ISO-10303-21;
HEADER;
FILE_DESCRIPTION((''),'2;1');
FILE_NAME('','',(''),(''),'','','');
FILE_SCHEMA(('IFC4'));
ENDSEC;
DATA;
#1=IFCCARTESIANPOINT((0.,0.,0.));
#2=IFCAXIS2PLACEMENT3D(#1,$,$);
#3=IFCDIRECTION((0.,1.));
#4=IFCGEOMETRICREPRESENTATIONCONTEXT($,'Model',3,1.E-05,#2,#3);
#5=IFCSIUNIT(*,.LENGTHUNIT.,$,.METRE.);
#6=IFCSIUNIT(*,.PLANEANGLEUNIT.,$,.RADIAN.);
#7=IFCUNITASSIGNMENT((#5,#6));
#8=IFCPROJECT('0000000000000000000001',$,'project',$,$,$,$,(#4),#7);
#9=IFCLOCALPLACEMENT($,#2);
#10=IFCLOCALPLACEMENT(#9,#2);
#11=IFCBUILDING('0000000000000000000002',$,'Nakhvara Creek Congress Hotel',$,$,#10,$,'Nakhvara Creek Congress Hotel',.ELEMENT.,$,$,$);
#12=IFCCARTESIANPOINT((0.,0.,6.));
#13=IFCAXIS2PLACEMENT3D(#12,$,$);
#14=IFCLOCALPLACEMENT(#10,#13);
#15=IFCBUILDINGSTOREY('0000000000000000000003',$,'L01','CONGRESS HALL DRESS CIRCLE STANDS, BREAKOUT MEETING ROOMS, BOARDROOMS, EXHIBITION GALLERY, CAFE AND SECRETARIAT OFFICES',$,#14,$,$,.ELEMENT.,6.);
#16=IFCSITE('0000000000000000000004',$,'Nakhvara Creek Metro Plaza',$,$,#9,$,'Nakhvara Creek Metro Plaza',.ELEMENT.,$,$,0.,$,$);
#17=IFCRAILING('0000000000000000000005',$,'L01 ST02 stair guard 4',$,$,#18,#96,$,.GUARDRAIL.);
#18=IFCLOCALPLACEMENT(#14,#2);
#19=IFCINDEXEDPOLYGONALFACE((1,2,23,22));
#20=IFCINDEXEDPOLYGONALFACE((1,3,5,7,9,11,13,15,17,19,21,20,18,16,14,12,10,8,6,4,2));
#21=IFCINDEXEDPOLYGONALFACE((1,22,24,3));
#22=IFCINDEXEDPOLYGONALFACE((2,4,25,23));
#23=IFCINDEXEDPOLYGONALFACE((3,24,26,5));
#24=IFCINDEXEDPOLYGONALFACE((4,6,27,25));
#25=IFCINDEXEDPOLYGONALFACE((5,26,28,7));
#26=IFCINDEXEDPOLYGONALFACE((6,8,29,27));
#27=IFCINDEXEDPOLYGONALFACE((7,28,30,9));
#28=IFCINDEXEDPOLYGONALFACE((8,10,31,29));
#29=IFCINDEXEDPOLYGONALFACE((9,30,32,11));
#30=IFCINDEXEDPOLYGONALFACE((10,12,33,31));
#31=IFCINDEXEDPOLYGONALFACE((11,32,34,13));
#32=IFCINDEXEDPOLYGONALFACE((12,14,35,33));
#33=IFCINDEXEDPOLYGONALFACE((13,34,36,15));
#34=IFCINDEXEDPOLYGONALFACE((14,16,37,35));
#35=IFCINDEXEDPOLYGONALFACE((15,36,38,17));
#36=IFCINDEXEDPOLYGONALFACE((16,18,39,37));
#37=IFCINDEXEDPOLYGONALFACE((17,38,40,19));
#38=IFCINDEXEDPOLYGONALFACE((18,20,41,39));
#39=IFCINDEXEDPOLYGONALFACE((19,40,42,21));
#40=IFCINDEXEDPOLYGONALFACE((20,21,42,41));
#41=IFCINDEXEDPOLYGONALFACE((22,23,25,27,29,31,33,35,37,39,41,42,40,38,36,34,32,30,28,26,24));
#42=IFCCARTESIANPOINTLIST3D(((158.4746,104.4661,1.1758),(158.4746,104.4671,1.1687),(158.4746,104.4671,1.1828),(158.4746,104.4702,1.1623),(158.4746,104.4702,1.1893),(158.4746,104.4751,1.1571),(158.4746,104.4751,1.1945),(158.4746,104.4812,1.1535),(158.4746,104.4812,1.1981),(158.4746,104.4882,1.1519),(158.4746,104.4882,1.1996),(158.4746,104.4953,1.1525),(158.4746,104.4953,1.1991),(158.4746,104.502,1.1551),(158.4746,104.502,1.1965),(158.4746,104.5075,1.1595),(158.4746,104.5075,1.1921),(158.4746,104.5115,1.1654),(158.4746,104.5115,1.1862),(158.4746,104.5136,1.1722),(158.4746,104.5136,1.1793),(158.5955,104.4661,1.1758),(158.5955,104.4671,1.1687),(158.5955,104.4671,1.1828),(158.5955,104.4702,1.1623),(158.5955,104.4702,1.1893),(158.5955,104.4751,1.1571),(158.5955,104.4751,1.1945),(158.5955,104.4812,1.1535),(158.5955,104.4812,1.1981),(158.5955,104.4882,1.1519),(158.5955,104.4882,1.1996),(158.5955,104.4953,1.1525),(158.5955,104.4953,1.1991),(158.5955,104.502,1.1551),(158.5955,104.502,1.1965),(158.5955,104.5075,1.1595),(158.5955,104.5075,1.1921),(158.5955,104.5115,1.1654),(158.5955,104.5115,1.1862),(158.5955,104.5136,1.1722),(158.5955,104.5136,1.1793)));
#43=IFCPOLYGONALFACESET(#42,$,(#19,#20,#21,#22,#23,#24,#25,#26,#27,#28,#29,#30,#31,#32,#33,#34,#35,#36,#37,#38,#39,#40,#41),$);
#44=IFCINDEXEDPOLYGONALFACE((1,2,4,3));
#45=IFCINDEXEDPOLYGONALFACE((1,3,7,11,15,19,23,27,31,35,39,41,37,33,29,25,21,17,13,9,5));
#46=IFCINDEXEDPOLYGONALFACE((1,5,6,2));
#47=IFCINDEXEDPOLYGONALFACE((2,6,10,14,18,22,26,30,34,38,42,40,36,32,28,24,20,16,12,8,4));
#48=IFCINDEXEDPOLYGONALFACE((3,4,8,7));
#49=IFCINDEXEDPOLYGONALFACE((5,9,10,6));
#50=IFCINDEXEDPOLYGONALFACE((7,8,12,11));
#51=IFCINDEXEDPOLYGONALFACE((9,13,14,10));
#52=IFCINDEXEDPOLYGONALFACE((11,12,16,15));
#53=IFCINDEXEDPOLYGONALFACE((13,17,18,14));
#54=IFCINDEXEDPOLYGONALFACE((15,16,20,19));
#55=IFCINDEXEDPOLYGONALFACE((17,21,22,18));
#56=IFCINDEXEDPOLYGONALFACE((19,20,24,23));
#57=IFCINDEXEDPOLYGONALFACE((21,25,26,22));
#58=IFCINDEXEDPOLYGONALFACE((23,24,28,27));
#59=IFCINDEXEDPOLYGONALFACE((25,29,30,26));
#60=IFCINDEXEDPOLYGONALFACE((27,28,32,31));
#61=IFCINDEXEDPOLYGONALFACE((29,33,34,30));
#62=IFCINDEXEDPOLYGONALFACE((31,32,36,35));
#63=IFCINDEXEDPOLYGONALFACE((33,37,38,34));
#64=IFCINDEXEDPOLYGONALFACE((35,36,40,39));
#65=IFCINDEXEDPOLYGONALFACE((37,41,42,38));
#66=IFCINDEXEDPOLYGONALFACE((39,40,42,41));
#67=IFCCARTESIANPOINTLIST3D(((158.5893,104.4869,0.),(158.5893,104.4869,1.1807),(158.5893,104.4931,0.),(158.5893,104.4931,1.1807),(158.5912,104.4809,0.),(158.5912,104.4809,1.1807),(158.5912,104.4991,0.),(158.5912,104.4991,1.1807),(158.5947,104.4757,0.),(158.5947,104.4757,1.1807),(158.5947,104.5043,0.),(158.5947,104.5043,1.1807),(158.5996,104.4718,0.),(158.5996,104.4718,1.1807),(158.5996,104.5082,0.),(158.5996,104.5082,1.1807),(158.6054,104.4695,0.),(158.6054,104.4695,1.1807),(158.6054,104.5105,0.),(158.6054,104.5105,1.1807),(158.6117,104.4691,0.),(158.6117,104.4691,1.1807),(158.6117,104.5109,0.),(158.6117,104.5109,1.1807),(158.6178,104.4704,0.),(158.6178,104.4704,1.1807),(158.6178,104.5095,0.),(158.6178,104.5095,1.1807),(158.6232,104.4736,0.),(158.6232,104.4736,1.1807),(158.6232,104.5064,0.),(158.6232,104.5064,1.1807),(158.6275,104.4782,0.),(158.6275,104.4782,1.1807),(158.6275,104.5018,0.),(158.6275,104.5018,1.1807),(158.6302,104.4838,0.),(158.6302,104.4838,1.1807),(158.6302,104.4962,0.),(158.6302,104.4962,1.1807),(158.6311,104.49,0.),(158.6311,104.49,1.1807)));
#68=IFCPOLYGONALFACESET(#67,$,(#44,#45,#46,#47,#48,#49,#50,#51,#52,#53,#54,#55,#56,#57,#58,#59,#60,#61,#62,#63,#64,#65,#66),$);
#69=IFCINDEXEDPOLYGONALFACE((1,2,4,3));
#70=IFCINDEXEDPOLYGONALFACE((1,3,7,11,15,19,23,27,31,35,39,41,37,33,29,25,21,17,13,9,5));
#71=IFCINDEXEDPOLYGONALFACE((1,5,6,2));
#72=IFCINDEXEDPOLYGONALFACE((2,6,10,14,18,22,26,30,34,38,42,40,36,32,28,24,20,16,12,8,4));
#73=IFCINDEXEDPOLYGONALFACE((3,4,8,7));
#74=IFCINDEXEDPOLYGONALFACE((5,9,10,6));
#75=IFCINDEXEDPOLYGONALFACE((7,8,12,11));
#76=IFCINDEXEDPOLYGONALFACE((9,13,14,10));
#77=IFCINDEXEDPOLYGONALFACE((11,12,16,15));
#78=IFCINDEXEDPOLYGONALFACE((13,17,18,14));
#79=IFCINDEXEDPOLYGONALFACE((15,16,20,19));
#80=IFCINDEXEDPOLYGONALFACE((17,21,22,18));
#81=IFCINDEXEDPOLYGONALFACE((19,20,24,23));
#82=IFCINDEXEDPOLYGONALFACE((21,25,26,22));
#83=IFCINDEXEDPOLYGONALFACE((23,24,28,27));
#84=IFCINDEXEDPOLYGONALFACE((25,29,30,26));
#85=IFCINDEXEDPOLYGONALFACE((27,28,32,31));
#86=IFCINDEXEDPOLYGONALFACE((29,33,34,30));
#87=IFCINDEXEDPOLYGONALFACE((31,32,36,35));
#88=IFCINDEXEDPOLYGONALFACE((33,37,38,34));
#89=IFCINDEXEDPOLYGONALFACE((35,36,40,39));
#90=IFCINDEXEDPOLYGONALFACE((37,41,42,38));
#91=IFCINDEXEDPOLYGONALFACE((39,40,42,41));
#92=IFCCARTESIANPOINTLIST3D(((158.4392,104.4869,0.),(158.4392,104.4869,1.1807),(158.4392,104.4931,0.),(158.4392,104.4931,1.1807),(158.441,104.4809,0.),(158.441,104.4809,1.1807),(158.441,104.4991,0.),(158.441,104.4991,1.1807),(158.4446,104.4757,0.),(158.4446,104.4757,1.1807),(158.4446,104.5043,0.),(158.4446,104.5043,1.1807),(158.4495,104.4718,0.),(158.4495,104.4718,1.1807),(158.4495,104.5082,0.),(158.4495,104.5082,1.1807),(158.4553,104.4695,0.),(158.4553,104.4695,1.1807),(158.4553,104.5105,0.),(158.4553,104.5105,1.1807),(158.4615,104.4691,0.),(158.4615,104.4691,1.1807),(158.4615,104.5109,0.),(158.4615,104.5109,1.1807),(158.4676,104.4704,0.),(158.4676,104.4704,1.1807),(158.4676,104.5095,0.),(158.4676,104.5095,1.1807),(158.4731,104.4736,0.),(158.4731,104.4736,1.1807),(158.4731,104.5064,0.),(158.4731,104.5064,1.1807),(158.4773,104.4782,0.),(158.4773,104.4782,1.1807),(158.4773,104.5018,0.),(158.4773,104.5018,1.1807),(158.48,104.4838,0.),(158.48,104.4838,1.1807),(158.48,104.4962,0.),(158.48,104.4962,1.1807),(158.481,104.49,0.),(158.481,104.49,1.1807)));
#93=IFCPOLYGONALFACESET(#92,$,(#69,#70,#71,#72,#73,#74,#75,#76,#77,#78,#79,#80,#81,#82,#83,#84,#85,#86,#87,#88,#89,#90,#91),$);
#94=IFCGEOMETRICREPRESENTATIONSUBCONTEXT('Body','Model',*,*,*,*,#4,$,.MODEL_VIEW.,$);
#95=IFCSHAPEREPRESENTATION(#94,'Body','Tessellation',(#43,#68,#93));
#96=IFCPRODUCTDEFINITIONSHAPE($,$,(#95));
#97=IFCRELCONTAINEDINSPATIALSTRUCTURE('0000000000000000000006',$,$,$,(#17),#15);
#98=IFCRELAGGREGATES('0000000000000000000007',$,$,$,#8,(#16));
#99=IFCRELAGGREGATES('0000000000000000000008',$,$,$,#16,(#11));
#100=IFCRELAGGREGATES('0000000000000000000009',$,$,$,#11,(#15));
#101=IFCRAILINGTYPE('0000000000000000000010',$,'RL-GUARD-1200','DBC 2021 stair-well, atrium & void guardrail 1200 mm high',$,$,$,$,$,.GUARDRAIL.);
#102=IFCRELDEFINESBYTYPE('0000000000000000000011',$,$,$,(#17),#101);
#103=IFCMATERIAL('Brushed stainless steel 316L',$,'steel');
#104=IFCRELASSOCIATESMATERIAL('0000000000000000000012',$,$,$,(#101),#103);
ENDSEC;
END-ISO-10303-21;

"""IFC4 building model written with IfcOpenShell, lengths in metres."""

from ifc_helpers import new_model, si_unit, direction, frame, origin, origin_2d, place, context, subcontext, project, spatial, circle, extrude, material, type_object, element, save


model = new_model("IFC4")

# Units and contexts
model_context = context("Model", 3, precision=1e-05, world=origin(), true_north=direction((0.0, 1.0)))
body_context = subcontext(model_context, "Body", "Model", "MODEL_VIEW")
ifc_project = project(units=[si_unit("LENGTHUNIT", "METRE"), si_unit("PLANEANGLEUNIT", "RADIAN")], contexts=[model_context])

# Site, building, storey
site_placement = place(None, origin())
site = spatial("IfcSite", under=ifc_project, at=site_placement, Name="Nakhvara Creek Metro Plaza", LongName="Nakhvara Creek Metro Plaza", CompositionType="ELEMENT", RefElevation=0.0)
building_placement = place(site_placement, origin())
building = spatial("IfcBuilding", under=site, at=building_placement, Name="Nakhvara Creek Congress Hotel", LongName="Nakhvara Creek Congress Hotel", CompositionType="ELEMENT")
storey_placement = place(building_placement, frame((0.0, 0.0, 6.0)))
storey = spatial("IfcBuildingStorey", under=building, at=storey_placement, Name="L01", Description="CONGRESS HALL DRESS CIRCLE STANDS, BREAKOUT MEETING ROOMS, BOARDROOMS, EXHIBITION GALLERY, CAFE AND SECRETARIAT OFFICES", CompositionType="ELEMENT", Elevation=6.0)

# Railing
ifc_material_1 = material(Name="Brushed stainless steel 316L", Category="steel")
railing_type_1 = type_object("IfcRailingType", Name="RL-GUARD-1200", Description="DBC 2021 stair-well, atrium & void guardrail 1200 mm high", PredefinedType="GUARDRAIL", material=ifc_material_1)
railing_1_placement = place(storey_placement, frame((158.6101, 104.49, 0.0)))
element("IfcRailing", 1, at=railing_1_placement, inside=storey, type_object=railing_type_1, Name="L01 ST02 stair guard 4", PredefinedType="GUARDRAIL", context=body_context, shape_type="SweptSolid", body=[
    extrude(circle(Radius=0.0239, at=origin_2d()), frame((-0.0146, 0.0, 1.1758), z_axis=(-1.0, 0.0, 0.0), x_axis=(0.0, -1.0, 0.0)), (0.0, 0.0, 1.0), 0.1208),
    extrude(circle(Radius=0.021, at=origin_2d()), origin(), (0.0, 0.0, 1.0), 1.1807),
    extrude(circle(Radius=0.021, at=origin_2d()), frame((-0.1501, 0.0, 0.0)), (0.0, 0.0, 1.0), 1.1807),
])

save(model, "model.ifc")
